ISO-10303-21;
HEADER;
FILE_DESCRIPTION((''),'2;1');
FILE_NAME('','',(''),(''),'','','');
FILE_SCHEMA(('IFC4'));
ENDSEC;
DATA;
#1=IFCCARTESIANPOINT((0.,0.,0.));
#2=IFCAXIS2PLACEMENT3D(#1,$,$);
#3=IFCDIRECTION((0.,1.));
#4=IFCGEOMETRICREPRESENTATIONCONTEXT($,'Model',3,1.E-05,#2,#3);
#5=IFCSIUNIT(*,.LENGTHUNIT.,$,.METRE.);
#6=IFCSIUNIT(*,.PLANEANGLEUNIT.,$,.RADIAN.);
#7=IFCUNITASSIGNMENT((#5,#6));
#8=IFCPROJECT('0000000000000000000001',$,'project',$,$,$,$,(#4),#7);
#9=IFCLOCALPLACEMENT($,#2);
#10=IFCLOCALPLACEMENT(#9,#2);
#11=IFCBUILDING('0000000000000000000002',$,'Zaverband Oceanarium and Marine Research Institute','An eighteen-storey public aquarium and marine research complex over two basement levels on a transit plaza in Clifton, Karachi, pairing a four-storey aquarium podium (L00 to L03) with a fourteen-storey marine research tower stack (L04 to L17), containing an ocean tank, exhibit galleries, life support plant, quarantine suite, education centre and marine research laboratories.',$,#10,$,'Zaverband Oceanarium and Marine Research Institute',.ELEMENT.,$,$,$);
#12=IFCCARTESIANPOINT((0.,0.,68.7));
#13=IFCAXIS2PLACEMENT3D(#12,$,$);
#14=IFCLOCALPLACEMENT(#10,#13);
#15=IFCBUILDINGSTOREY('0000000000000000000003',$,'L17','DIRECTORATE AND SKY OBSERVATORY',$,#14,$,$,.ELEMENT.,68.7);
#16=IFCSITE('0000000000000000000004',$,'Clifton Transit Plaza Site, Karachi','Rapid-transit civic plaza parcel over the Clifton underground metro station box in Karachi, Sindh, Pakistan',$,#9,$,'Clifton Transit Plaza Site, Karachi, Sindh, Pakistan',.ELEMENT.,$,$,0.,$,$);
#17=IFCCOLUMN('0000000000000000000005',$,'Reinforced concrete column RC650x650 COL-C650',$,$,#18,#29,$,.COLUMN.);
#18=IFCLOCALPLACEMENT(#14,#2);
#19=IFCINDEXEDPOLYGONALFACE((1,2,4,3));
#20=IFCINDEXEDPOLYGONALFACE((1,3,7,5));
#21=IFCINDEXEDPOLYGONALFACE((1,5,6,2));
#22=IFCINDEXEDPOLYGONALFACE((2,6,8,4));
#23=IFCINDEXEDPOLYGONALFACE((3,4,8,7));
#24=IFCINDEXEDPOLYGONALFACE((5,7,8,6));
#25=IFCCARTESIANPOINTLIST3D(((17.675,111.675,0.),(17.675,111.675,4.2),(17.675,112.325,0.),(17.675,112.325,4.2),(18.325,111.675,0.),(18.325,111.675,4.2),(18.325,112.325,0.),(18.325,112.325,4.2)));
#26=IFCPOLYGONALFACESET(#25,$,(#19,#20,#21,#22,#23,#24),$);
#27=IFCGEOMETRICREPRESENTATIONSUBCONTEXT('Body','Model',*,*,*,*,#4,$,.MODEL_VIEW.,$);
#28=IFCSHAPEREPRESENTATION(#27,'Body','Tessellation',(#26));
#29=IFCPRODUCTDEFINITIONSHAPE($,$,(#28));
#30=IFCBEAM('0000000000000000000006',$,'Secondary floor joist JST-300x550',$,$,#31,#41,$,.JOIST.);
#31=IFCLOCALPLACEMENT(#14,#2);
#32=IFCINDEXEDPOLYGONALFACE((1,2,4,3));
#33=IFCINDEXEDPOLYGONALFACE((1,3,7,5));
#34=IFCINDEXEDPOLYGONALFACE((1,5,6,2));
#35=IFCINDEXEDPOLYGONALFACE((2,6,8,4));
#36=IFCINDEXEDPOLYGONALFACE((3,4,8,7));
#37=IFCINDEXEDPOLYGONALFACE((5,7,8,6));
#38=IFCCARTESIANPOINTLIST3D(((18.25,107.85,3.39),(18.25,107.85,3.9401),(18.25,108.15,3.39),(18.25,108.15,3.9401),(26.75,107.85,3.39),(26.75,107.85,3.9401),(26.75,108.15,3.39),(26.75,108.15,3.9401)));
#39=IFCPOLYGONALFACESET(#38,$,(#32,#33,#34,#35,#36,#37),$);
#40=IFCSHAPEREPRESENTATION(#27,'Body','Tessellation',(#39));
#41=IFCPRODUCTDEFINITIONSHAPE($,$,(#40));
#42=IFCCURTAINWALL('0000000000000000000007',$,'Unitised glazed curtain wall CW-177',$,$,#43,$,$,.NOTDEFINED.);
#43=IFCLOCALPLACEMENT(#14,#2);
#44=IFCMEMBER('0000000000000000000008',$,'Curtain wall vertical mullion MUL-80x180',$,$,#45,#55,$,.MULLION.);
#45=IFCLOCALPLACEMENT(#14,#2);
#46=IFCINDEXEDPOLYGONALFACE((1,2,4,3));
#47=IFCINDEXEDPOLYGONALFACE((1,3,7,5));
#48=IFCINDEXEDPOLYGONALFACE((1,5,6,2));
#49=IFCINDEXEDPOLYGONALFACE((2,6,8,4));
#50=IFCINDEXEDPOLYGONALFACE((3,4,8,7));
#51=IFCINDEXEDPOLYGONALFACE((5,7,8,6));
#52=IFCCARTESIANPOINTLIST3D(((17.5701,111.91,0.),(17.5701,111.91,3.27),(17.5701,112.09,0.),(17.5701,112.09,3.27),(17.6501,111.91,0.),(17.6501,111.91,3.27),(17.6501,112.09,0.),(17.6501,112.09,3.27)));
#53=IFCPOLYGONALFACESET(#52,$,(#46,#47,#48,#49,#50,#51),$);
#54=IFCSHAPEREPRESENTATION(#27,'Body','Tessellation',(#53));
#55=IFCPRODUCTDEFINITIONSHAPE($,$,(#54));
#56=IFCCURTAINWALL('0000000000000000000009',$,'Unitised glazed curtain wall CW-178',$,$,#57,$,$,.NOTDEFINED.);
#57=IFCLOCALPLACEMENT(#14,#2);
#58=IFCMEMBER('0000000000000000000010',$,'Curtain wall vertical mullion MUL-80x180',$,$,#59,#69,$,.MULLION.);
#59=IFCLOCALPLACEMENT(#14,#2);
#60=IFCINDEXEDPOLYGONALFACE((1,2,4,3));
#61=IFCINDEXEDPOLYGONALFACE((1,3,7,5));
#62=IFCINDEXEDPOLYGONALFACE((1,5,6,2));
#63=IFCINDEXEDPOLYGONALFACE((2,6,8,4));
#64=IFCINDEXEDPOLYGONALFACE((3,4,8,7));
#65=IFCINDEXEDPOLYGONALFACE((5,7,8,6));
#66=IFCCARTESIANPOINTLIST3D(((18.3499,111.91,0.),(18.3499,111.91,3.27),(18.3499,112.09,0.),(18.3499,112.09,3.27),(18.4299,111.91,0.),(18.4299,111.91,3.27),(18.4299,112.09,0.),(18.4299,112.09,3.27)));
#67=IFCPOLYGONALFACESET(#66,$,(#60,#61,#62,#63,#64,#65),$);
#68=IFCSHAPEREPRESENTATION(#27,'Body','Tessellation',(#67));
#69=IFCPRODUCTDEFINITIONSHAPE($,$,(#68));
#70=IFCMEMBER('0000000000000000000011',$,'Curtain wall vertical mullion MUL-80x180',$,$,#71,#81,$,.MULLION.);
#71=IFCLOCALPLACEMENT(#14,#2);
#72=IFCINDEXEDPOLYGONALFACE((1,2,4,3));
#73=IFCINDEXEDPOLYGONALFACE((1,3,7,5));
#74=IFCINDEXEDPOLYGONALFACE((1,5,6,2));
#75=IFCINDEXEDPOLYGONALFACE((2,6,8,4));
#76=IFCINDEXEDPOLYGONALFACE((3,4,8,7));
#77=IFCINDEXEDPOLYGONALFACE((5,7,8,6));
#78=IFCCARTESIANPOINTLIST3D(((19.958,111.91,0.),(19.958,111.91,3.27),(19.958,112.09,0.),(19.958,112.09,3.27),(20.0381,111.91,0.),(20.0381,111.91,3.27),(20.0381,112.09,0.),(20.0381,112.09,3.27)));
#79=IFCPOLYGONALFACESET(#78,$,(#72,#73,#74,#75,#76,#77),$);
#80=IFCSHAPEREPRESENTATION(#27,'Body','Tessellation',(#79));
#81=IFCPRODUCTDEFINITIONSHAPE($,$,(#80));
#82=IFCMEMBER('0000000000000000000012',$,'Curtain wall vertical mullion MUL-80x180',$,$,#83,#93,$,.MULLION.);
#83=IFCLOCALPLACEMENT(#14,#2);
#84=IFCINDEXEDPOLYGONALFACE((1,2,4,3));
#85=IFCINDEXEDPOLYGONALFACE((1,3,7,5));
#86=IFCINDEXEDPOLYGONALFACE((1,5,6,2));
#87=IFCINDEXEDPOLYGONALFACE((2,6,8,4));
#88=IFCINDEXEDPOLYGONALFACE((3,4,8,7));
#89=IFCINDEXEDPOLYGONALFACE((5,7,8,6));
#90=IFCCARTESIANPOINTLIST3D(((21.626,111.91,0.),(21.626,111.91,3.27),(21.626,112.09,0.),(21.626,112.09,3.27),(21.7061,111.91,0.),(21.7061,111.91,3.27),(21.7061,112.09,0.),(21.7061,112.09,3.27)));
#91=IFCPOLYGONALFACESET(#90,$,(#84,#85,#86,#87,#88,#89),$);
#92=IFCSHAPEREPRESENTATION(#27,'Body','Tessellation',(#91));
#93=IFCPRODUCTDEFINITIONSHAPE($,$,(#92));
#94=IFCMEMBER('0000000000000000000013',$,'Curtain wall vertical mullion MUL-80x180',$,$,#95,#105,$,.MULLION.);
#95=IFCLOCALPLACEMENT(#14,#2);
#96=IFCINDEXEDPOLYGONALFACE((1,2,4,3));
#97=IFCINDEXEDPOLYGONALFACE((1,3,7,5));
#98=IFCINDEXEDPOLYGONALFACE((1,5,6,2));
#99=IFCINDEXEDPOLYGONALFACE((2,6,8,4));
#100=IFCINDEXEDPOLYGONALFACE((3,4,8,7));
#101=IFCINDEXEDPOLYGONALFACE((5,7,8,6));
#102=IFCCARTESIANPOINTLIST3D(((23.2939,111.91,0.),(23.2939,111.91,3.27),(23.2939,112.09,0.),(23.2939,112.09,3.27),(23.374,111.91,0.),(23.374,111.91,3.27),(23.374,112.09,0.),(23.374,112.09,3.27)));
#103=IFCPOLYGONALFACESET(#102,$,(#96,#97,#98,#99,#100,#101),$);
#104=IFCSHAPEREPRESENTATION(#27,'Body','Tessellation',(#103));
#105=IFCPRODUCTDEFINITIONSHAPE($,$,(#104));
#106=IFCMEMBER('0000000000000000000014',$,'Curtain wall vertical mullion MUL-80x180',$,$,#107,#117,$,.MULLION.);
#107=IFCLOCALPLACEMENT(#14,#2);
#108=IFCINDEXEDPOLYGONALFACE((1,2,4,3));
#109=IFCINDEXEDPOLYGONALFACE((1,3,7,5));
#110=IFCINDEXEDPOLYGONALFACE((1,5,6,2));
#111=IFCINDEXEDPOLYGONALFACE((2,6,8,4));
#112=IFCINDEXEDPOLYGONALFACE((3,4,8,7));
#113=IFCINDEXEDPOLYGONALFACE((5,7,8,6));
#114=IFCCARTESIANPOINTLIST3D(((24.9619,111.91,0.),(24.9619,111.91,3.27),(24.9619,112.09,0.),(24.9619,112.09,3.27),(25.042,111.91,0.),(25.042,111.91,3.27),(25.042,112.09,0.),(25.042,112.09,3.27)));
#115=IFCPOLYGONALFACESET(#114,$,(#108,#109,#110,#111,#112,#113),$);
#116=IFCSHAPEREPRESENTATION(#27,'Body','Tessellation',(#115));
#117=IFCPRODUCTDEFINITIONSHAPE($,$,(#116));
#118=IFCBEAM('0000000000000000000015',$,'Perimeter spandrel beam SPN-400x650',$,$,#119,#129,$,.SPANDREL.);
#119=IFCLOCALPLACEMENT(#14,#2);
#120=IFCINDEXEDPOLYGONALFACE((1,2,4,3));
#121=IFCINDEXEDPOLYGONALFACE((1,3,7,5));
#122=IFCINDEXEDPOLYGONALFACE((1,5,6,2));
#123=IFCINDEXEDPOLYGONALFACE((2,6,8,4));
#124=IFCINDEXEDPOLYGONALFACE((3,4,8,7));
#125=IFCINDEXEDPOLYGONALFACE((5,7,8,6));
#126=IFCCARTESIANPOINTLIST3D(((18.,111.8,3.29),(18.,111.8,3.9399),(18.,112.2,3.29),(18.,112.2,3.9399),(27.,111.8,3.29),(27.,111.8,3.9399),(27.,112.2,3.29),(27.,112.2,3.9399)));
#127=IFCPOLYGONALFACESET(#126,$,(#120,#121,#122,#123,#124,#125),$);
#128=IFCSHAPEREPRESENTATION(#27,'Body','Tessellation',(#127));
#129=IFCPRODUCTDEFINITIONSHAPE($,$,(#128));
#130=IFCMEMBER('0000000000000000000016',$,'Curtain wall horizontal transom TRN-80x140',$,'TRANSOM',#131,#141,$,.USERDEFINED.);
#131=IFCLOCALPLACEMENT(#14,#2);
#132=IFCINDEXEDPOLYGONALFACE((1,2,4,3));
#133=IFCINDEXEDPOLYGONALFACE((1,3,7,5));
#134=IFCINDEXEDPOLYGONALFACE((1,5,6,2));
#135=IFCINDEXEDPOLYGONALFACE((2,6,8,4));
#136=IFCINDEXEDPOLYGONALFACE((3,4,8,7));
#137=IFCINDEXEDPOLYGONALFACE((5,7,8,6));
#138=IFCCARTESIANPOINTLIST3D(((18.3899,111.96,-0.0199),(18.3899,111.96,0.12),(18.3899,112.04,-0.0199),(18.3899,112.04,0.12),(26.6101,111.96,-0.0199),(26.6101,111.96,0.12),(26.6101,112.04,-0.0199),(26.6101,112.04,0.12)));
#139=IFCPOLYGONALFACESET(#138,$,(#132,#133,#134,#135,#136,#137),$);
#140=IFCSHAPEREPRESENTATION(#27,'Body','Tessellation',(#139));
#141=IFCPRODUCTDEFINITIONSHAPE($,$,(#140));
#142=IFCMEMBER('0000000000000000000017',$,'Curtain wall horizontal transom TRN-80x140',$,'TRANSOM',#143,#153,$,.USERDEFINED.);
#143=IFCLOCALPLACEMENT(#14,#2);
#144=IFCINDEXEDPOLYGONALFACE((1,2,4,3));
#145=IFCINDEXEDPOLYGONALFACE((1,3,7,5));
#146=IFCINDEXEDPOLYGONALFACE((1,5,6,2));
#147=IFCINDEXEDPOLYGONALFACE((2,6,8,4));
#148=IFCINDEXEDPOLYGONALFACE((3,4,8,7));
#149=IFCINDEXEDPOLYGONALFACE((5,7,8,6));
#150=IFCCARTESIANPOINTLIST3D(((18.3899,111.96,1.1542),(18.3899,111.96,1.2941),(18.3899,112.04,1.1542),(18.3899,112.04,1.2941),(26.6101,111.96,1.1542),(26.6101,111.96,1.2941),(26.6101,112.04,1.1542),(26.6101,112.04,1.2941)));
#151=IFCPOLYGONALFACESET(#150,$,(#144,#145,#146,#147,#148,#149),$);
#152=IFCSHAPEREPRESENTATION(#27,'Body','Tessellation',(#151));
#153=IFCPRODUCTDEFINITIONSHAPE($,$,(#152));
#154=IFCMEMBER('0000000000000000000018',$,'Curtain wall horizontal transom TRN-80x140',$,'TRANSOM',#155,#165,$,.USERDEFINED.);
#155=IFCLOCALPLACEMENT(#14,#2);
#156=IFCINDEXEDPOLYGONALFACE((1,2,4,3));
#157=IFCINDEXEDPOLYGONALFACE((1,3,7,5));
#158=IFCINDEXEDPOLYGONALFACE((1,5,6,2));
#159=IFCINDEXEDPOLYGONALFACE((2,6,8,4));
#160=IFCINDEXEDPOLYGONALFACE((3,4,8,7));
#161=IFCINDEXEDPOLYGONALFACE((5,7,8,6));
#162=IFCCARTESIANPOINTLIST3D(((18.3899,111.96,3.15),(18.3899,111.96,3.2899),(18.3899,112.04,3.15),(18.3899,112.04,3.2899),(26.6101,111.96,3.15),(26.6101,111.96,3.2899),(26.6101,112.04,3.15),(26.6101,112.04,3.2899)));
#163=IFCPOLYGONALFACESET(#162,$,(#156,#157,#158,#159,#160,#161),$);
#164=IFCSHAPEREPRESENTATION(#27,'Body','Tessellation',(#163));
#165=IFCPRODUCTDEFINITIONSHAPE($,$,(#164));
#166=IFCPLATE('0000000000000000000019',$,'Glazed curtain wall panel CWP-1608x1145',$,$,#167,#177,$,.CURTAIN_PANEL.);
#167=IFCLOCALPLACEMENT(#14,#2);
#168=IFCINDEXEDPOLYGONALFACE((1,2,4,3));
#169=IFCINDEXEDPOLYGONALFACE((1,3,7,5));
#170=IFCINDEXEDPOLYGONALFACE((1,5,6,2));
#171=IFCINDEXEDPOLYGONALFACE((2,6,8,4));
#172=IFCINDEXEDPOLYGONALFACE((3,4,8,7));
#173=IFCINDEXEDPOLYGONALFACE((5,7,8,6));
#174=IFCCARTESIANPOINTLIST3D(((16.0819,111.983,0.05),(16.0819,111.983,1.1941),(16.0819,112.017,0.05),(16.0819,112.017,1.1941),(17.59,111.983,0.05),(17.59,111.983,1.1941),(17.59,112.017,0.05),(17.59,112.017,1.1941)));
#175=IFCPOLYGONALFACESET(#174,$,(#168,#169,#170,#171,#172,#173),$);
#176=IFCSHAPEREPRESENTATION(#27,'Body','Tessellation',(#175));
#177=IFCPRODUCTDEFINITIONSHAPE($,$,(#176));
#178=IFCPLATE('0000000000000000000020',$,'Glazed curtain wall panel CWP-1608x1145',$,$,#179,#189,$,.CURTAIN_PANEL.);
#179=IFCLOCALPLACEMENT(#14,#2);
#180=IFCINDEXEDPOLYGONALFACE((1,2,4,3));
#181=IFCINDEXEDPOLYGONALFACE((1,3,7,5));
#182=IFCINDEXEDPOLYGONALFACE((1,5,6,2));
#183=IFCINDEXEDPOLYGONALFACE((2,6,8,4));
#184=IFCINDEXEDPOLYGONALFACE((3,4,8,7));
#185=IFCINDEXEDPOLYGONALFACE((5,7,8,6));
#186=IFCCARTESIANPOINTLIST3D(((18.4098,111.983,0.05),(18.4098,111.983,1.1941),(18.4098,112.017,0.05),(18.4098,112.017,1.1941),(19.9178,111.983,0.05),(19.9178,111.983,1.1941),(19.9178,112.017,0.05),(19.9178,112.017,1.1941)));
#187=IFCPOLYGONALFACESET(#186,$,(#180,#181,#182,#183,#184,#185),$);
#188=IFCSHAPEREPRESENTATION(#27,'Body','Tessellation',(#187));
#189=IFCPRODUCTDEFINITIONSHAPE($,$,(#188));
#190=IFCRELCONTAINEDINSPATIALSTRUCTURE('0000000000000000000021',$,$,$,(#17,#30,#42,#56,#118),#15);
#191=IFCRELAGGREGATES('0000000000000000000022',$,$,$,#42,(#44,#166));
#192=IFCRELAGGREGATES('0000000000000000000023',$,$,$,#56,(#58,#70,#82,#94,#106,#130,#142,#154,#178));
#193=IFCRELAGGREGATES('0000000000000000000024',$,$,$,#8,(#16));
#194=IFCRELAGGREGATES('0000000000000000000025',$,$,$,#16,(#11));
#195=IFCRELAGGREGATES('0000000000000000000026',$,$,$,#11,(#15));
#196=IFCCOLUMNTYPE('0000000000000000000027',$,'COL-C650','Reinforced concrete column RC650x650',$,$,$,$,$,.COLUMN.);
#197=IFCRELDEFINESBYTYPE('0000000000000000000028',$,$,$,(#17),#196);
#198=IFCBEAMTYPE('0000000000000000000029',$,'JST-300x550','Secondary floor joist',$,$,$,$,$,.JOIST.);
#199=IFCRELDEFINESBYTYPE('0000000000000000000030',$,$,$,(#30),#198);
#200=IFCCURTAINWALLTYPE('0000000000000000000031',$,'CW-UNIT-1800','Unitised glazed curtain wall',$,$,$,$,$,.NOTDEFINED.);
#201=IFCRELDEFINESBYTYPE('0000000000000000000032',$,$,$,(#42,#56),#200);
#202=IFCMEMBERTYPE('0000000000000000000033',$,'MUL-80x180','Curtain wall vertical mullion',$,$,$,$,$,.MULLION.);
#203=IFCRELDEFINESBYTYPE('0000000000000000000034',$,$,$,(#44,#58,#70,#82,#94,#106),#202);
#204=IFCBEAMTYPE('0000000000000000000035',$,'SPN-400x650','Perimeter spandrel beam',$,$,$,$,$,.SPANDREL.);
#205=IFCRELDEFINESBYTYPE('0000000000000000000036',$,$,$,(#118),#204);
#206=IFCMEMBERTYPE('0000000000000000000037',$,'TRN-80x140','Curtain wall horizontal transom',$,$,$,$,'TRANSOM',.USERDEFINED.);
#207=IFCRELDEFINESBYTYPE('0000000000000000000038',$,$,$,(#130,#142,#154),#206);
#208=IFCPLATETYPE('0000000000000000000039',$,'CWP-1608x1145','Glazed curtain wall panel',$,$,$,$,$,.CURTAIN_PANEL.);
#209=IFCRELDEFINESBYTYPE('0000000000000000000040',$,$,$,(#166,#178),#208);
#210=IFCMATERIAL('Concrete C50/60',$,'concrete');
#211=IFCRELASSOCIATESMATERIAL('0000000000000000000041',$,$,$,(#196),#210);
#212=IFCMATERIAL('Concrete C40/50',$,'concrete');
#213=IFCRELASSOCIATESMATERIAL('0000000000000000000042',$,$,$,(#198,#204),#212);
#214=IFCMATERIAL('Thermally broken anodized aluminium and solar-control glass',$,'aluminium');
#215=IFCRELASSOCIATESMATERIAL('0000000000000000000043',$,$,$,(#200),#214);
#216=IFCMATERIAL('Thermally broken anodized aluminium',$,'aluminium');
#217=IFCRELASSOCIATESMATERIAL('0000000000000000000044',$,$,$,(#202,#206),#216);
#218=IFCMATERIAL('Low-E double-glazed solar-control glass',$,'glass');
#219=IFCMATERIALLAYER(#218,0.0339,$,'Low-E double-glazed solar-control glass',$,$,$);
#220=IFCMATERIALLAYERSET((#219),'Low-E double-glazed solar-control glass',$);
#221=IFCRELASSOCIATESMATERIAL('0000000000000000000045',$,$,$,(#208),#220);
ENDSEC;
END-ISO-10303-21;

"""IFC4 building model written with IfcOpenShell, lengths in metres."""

from ifc_helpers import new_model, si_unit, direction, frame, frame_2d, origin, origin_2d, place, context, subcontext, project, spatial, rectangle, extrude, material, layer, layer_set, material_profile, profile_set, type_object, element, aggregate, save


model = new_model("IFC4")

# Units and contexts
model_context = context("Model", 3, precision=1e-05, world=origin(), true_north=direction((0.0, 1.0)))
body_context = subcontext(model_context, "Body", "Model", "MODEL_VIEW")
ifc_project = project(units=[si_unit("LENGTHUNIT", "METRE"), si_unit("PLANEANGLEUNIT", "RADIAN")], contexts=[model_context])

# Site, building, storey
site_placement = place(None, origin())
site = spatial("IfcSite", under=ifc_project, at=site_placement, Name="Clifton Transit Plaza Site, Karachi", Description="Rapid-transit civic plaza parcel over the Clifton underground metro station box in Karachi, Sindh, Pakistan", LongName="Clifton Transit Plaza Site, Karachi, Sindh, Pakistan", CompositionType="ELEMENT", RefElevation=0.0)
building_placement = place(site_placement, origin())
building = spatial("IfcBuilding", under=site, at=building_placement, Name="Zaverband Oceanarium and Marine Research Institute", Description="An eighteen-storey public aquarium and marine research complex over two basement levels on a transit plaza in Clifton, Karachi, pairing a four-storey aquarium podium (L00 to L03) with a fourteen-storey marine research tower stack (L04 to L17), containing an ocean tank, exhibit galleries, life support plant, quarantine suite, education centre and marine research laboratories.", LongName="Zaverband Oceanarium and Marine Research Institute", CompositionType="ELEMENT")
storey_placement = place(building_placement, frame((0.0, 0.0, 68.7)))
storey = spatial("IfcBuildingStorey", under=building, at=storey_placement, Name="L17", Description="DIRECTORATE AND SKY OBSERVATORY", CompositionType="ELEMENT", Elevation=68.7)

# Column
ifc_material_1 = material(Name="Concrete C50/60", Category="concrete")
ifc_material_profile_1 = material_profile(ifc_material_1, rectangle(XDim=0.6499, YDim=0.6499, at=origin_2d()), Name="RC650x650")
ifc_profile_set_1 = profile_set([ifc_material_profile_1], Name="Concrete C50/60")
column_type = type_object("IfcColumnType", Name="COL-C650", Description="Reinforced concrete column RC650x650", PredefinedType="COLUMN", material=ifc_profile_set_1)
column_placement = place(storey_placement, frame((18.0, 112.0, 0.0), z_axis=(0.0, 0.0, 1.0), x_axis=(1.0, 0.0, 0.0)))
element("IfcColumn", 1, at=column_placement, inside=storey, type_object=column_type, Name="Reinforced concrete column RC650x650 COL-C650", PredefinedType="COLUMN", context=body_context, shape_type="SweptSolid", body=[
    extrude(rectangle(XDim=0.6499, YDim=0.6499, at=origin_2d()), origin(), (0.0, 0.0, 1.0), 4.2),
])

# Beam
ifc_material_2 = material(Name="Concrete C40/50", Category="concrete")
ifc_material_profile_2 = material_profile(ifc_material_2, rectangle(XDim=0.3, YDim=0.55, at=origin_2d()), Name="RC300x550")
ifc_profile_set_2 = profile_set([ifc_material_profile_2], Name="Concrete C40/50")
beam_type_1 = type_object("IfcBeamType", Name="JST-300x550", Description="Secondary floor joist", PredefinedType="JOIST", material=ifc_profile_set_2)
beam_1_placement = place(storey_placement, frame((18.25, 108.0, 3.665), z_axis=(1.0, 0.0, 0.0), x_axis=(0.0, 1.0, 0.0)))
element("IfcBeam", 2, at=beam_1_placement, inside=storey, type_object=beam_type_1, Name="Secondary floor joist JST-300x550", PredefinedType="JOIST", context=body_context, shape_type="SweptSolid", body=[
    extrude(rectangle(XDim=0.3, YDim=0.55, at=origin_2d()), origin(), (0.0, 0.0, 1.0), 8.5),
])

# Curtain wall, member
ifc_material_3 = material(Name="Thermally broken anodized aluminium and solar-control glass", Category="aluminium")
curtain_wall_type = type_object("IfcCurtainWallType", Name="CW-UNIT-1800", Description="Unitised glazed curtain wall", PredefinedType="NOTDEFINED", material=ifc_material_3)
curtain_wall_1_placement = place(storey_placement, origin())
curtain_wall_1 = element("IfcCurtainWall", 3, at=curtain_wall_1_placement, inside=storey, type_object=curtain_wall_type, Name="Unitised glazed curtain wall CW-177", PredefinedType="NOTDEFINED")
ifc_material_4 = material(Name="Thermally broken anodized aluminium", Category="aluminium")
ifc_material_profile_3 = material_profile(ifc_material_4, rectangle(XDim=0.0801, YDim=0.1799, at=origin_2d()), Name="AL-MUL-80x180")
ifc_profile_set_3 = profile_set([ifc_material_profile_3], Name="Thermally broken anodized aluminium")
member_type_1 = type_object("IfcMemberType", Name="MUL-80x180", Description="Curtain wall vertical mullion", PredefinedType="MULLION", material=ifc_profile_set_3)
member_1_placement = place(storey_placement, frame((17.6101, 112.0, 0.0), z_axis=(0.0, 0.0, 1.0), x_axis=(1.0, 0.0, 0.0)))
member_1 = element("IfcMember", 4, at=member_1_placement, type_object=member_type_1, Name="Curtain wall vertical mullion MUL-80x180", PredefinedType="MULLION", context=body_context, shape_type="SweptSolid", body=[
    extrude(rectangle(XDim=0.0801, YDim=0.1799, at=origin_2d()), origin(), (0.0, 0.0, 1.0), 3.27),
])

# Curtain wall, members
curtain_wall_2_placement = place(storey_placement, origin())
curtain_wall_2 = element("IfcCurtainWall", 5, at=curtain_wall_2_placement, inside=storey, type_object=curtain_wall_type, Name="Unitised glazed curtain wall CW-178", PredefinedType="NOTDEFINED")
member_2_placement = place(storey_placement, frame((18.3899, 112.0, 0.0), z_axis=(0.0, 0.0, 1.0), x_axis=(1.0, 0.0, 0.0)))
member_2 = element("IfcMember", 6, at=member_2_placement, type_object=member_type_1, Name="Curtain wall vertical mullion MUL-80x180", PredefinedType="MULLION", context=body_context, shape_type="SweptSolid", body=[
    extrude(rectangle(XDim=0.0801, YDim=0.1799, at=origin_2d()), origin(), (0.0, 0.0, 1.0), 3.27),
])
member_3_placement = place(storey_placement, frame((19.998, 112.0, 0.0), z_axis=(0.0, 0.0, 1.0), x_axis=(1.0, 0.0, 0.0)))
member_3 = element("IfcMember", 7, at=member_3_placement, type_object=member_type_1, Name="Curtain wall vertical mullion MUL-80x180", PredefinedType="MULLION", context=body_context, shape_type="SweptSolid", body=[
    extrude(rectangle(XDim=0.0801, YDim=0.1799, at=origin_2d()), origin(), (0.0, 0.0, 1.0), 3.27),
])
member_4_placement = place(storey_placement, frame((21.666, 112.0, 0.0), z_axis=(0.0, 0.0, 1.0), x_axis=(1.0, 0.0, 0.0)))
member_4 = element("IfcMember", 8, at=member_4_placement, type_object=member_type_1, Name="Curtain wall vertical mullion MUL-80x180", PredefinedType="MULLION", context=body_context, shape_type="SweptSolid", body=[
    extrude(rectangle(XDim=0.0801, YDim=0.1799, at=origin_2d()), origin(), (0.0, 0.0, 1.0), 3.27),
])
member_5_placement = place(storey_placement, frame((23.334, 112.0, 0.0), z_axis=(0.0, 0.0, 1.0), x_axis=(1.0, 0.0, 0.0)))
member_5 = element("IfcMember", 9, at=member_5_placement, type_object=member_type_1, Name="Curtain wall vertical mullion MUL-80x180", PredefinedType="MULLION", context=body_context, shape_type="SweptSolid", body=[
    extrude(rectangle(XDim=0.0801, YDim=0.1799, at=origin_2d()), origin(), (0.0, 0.0, 1.0), 3.27),
])
member_6_placement = place(storey_placement, frame((25.002, 112.0, 0.0), z_axis=(0.0, 0.0, 1.0), x_axis=(1.0, 0.0, 0.0)))
member_6 = element("IfcMember", 10, at=member_6_placement, type_object=member_type_1, Name="Curtain wall vertical mullion MUL-80x180", PredefinedType="MULLION", context=body_context, shape_type="SweptSolid", body=[
    extrude(rectangle(XDim=0.0801, YDim=0.1799, at=origin_2d()), origin(), (0.0, 0.0, 1.0), 3.27),
])

# Beam
ifc_material_profile_4 = material_profile(ifc_material_2, rectangle(XDim=0.3999, YDim=0.6499, at=origin_2d()), Name="RC400x650")
ifc_profile_set_4 = profile_set([ifc_material_profile_4], Name="Concrete C40/50")
beam_type_2 = type_object("IfcBeamType", Name="SPN-400x650", Description="Perimeter spandrel beam", PredefinedType="SPANDREL", material=ifc_profile_set_4)
beam_2_placement = place(storey_placement, frame((18.0, 112.0, 3.615), z_axis=(1.0, 0.0, 0.0), x_axis=(0.0, 1.0, 0.0)))
element("IfcBeam", 11, at=beam_2_placement, inside=storey, type_object=beam_type_2, Name="Perimeter spandrel beam SPN-400x650", PredefinedType="SPANDREL", context=body_context, shape_type="SweptSolid", body=[
    extrude(rectangle(XDim=0.3999, YDim=0.6499, at=origin_2d()), origin(), (0.0, 0.0, 1.0), 9.0),
])

# Members
ifc_material_profile_5 = material_profile(ifc_material_4, rectangle(XDim=0.0801, YDim=0.1399, at=origin_2d()), Name="AL-TRN-80x140")
ifc_profile_set_5 = profile_set([ifc_material_profile_5], Name="Thermally broken anodized aluminium")
member_type_2 = type_object("IfcMemberType", Name="TRN-80x140", Description="Curtain wall horizontal transom", ElementType="TRANSOM", PredefinedType="USERDEFINED", material=ifc_profile_set_5)
member_7_placement = place(storey_placement, frame((18.3899, 112.0, 0.05), z_axis=(1.0, 0.0, 0.0), x_axis=(0.0, 1.0, 0.0)))
member_7 = element("IfcMember", 12, at=member_7_placement, type_object=member_type_2, Name="Curtain wall horizontal transom TRN-80x140", ObjectType="TRANSOM", PredefinedType="USERDEFINED", context=body_context, shape_type="SweptSolid", body=[
    extrude(rectangle(XDim=0.0801, YDim=0.1399, at=origin_2d()), origin(), (0.0, 0.0, 1.0), 8.2202),
])
member_8_placement = place(storey_placement, frame((18.3899, 112.0, 1.2241), z_axis=(1.0, 0.0, 0.0), x_axis=(0.0, 1.0, 0.0)))
member_8 = element("IfcMember", 13, at=member_8_placement, type_object=member_type_2, Name="Curtain wall horizontal transom TRN-80x140", ObjectType="TRANSOM", PredefinedType="USERDEFINED", context=body_context, shape_type="SweptSolid", body=[
    extrude(rectangle(XDim=0.0801, YDim=0.1399, at=origin_2d()), origin(), (0.0, 0.0, 1.0), 8.2202),
])
member_9_placement = place(storey_placement, frame((18.3899, 112.0, 3.22), z_axis=(1.0, 0.0, 0.0), x_axis=(0.0, 1.0, 0.0)))
member_9 = element("IfcMember", 14, at=member_9_placement, type_object=member_type_2, Name="Curtain wall horizontal transom TRN-80x140", ObjectType="TRANSOM", PredefinedType="USERDEFINED", context=body_context, shape_type="SweptSolid", body=[
    extrude(rectangle(XDim=0.0801, YDim=0.1399, at=origin_2d()), origin(), (0.0, 0.0, 1.0), 8.2202),
])

# Plates
ifc_material_5 = material(Name="Low-E double-glazed solar-control glass", Category="glass")
ifc_layer_1 = layer(ifc_material_5, 0.0339, Name="Low-E double-glazed solar-control glass")
ifc_layer_set_1 = layer_set([ifc_layer_1], Name="Low-E double-glazed solar-control glass")
plate_type_1 = type_object("IfcPlateType", Name="CWP-1608x1145", Description="Glazed curtain wall panel", PredefinedType="CURTAIN_PANEL", material=ifc_layer_set_1)
plate_1_placement = place(storey_placement, frame((16.082, 112.0, 0.05), z_axis=(0.0, 0.0, 1.0), x_axis=(1.0, 0.0, 0.0)))
plate_1 = element("IfcPlate", 15, at=plate_1_placement, type_object=plate_type_1, Name="Glazed curtain wall panel CWP-1608x1145", PredefinedType="CURTAIN_PANEL", context=body_context, shape_type="SweptSolid", body=[
    extrude(rectangle(XDim=1.5081, YDim=0.0339, at=frame_2d((0.7539, 0.0))), origin(), (0.0, 0.0, 1.0), 1.144),
])
plate_2_placement = place(storey_placement, frame((18.4099, 112.0, 0.05), z_axis=(0.0, 0.0, 1.0), x_axis=(1.0, 0.0, 0.0)))
plate_2 = element("IfcPlate", 16, at=plate_2_placement, type_object=plate_type_1, Name="Glazed curtain wall panel CWP-1608x1145", PredefinedType="CURTAIN_PANEL", context=body_context, shape_type="SweptSolid", body=[
    extrude(rectangle(XDim=1.5081, YDim=0.0339, at=frame_2d((0.7539, 0.0))), origin(), (0.0, 0.0, 1.0), 1.144),
])
aggregate(curtain_wall_1, [member_1, plate_1])
aggregate(curtain_wall_2, [member_2, member_3, member_4, member_5, member_6, member_7, member_8, member_9, plate_2])

save(model, "model.ifc")
